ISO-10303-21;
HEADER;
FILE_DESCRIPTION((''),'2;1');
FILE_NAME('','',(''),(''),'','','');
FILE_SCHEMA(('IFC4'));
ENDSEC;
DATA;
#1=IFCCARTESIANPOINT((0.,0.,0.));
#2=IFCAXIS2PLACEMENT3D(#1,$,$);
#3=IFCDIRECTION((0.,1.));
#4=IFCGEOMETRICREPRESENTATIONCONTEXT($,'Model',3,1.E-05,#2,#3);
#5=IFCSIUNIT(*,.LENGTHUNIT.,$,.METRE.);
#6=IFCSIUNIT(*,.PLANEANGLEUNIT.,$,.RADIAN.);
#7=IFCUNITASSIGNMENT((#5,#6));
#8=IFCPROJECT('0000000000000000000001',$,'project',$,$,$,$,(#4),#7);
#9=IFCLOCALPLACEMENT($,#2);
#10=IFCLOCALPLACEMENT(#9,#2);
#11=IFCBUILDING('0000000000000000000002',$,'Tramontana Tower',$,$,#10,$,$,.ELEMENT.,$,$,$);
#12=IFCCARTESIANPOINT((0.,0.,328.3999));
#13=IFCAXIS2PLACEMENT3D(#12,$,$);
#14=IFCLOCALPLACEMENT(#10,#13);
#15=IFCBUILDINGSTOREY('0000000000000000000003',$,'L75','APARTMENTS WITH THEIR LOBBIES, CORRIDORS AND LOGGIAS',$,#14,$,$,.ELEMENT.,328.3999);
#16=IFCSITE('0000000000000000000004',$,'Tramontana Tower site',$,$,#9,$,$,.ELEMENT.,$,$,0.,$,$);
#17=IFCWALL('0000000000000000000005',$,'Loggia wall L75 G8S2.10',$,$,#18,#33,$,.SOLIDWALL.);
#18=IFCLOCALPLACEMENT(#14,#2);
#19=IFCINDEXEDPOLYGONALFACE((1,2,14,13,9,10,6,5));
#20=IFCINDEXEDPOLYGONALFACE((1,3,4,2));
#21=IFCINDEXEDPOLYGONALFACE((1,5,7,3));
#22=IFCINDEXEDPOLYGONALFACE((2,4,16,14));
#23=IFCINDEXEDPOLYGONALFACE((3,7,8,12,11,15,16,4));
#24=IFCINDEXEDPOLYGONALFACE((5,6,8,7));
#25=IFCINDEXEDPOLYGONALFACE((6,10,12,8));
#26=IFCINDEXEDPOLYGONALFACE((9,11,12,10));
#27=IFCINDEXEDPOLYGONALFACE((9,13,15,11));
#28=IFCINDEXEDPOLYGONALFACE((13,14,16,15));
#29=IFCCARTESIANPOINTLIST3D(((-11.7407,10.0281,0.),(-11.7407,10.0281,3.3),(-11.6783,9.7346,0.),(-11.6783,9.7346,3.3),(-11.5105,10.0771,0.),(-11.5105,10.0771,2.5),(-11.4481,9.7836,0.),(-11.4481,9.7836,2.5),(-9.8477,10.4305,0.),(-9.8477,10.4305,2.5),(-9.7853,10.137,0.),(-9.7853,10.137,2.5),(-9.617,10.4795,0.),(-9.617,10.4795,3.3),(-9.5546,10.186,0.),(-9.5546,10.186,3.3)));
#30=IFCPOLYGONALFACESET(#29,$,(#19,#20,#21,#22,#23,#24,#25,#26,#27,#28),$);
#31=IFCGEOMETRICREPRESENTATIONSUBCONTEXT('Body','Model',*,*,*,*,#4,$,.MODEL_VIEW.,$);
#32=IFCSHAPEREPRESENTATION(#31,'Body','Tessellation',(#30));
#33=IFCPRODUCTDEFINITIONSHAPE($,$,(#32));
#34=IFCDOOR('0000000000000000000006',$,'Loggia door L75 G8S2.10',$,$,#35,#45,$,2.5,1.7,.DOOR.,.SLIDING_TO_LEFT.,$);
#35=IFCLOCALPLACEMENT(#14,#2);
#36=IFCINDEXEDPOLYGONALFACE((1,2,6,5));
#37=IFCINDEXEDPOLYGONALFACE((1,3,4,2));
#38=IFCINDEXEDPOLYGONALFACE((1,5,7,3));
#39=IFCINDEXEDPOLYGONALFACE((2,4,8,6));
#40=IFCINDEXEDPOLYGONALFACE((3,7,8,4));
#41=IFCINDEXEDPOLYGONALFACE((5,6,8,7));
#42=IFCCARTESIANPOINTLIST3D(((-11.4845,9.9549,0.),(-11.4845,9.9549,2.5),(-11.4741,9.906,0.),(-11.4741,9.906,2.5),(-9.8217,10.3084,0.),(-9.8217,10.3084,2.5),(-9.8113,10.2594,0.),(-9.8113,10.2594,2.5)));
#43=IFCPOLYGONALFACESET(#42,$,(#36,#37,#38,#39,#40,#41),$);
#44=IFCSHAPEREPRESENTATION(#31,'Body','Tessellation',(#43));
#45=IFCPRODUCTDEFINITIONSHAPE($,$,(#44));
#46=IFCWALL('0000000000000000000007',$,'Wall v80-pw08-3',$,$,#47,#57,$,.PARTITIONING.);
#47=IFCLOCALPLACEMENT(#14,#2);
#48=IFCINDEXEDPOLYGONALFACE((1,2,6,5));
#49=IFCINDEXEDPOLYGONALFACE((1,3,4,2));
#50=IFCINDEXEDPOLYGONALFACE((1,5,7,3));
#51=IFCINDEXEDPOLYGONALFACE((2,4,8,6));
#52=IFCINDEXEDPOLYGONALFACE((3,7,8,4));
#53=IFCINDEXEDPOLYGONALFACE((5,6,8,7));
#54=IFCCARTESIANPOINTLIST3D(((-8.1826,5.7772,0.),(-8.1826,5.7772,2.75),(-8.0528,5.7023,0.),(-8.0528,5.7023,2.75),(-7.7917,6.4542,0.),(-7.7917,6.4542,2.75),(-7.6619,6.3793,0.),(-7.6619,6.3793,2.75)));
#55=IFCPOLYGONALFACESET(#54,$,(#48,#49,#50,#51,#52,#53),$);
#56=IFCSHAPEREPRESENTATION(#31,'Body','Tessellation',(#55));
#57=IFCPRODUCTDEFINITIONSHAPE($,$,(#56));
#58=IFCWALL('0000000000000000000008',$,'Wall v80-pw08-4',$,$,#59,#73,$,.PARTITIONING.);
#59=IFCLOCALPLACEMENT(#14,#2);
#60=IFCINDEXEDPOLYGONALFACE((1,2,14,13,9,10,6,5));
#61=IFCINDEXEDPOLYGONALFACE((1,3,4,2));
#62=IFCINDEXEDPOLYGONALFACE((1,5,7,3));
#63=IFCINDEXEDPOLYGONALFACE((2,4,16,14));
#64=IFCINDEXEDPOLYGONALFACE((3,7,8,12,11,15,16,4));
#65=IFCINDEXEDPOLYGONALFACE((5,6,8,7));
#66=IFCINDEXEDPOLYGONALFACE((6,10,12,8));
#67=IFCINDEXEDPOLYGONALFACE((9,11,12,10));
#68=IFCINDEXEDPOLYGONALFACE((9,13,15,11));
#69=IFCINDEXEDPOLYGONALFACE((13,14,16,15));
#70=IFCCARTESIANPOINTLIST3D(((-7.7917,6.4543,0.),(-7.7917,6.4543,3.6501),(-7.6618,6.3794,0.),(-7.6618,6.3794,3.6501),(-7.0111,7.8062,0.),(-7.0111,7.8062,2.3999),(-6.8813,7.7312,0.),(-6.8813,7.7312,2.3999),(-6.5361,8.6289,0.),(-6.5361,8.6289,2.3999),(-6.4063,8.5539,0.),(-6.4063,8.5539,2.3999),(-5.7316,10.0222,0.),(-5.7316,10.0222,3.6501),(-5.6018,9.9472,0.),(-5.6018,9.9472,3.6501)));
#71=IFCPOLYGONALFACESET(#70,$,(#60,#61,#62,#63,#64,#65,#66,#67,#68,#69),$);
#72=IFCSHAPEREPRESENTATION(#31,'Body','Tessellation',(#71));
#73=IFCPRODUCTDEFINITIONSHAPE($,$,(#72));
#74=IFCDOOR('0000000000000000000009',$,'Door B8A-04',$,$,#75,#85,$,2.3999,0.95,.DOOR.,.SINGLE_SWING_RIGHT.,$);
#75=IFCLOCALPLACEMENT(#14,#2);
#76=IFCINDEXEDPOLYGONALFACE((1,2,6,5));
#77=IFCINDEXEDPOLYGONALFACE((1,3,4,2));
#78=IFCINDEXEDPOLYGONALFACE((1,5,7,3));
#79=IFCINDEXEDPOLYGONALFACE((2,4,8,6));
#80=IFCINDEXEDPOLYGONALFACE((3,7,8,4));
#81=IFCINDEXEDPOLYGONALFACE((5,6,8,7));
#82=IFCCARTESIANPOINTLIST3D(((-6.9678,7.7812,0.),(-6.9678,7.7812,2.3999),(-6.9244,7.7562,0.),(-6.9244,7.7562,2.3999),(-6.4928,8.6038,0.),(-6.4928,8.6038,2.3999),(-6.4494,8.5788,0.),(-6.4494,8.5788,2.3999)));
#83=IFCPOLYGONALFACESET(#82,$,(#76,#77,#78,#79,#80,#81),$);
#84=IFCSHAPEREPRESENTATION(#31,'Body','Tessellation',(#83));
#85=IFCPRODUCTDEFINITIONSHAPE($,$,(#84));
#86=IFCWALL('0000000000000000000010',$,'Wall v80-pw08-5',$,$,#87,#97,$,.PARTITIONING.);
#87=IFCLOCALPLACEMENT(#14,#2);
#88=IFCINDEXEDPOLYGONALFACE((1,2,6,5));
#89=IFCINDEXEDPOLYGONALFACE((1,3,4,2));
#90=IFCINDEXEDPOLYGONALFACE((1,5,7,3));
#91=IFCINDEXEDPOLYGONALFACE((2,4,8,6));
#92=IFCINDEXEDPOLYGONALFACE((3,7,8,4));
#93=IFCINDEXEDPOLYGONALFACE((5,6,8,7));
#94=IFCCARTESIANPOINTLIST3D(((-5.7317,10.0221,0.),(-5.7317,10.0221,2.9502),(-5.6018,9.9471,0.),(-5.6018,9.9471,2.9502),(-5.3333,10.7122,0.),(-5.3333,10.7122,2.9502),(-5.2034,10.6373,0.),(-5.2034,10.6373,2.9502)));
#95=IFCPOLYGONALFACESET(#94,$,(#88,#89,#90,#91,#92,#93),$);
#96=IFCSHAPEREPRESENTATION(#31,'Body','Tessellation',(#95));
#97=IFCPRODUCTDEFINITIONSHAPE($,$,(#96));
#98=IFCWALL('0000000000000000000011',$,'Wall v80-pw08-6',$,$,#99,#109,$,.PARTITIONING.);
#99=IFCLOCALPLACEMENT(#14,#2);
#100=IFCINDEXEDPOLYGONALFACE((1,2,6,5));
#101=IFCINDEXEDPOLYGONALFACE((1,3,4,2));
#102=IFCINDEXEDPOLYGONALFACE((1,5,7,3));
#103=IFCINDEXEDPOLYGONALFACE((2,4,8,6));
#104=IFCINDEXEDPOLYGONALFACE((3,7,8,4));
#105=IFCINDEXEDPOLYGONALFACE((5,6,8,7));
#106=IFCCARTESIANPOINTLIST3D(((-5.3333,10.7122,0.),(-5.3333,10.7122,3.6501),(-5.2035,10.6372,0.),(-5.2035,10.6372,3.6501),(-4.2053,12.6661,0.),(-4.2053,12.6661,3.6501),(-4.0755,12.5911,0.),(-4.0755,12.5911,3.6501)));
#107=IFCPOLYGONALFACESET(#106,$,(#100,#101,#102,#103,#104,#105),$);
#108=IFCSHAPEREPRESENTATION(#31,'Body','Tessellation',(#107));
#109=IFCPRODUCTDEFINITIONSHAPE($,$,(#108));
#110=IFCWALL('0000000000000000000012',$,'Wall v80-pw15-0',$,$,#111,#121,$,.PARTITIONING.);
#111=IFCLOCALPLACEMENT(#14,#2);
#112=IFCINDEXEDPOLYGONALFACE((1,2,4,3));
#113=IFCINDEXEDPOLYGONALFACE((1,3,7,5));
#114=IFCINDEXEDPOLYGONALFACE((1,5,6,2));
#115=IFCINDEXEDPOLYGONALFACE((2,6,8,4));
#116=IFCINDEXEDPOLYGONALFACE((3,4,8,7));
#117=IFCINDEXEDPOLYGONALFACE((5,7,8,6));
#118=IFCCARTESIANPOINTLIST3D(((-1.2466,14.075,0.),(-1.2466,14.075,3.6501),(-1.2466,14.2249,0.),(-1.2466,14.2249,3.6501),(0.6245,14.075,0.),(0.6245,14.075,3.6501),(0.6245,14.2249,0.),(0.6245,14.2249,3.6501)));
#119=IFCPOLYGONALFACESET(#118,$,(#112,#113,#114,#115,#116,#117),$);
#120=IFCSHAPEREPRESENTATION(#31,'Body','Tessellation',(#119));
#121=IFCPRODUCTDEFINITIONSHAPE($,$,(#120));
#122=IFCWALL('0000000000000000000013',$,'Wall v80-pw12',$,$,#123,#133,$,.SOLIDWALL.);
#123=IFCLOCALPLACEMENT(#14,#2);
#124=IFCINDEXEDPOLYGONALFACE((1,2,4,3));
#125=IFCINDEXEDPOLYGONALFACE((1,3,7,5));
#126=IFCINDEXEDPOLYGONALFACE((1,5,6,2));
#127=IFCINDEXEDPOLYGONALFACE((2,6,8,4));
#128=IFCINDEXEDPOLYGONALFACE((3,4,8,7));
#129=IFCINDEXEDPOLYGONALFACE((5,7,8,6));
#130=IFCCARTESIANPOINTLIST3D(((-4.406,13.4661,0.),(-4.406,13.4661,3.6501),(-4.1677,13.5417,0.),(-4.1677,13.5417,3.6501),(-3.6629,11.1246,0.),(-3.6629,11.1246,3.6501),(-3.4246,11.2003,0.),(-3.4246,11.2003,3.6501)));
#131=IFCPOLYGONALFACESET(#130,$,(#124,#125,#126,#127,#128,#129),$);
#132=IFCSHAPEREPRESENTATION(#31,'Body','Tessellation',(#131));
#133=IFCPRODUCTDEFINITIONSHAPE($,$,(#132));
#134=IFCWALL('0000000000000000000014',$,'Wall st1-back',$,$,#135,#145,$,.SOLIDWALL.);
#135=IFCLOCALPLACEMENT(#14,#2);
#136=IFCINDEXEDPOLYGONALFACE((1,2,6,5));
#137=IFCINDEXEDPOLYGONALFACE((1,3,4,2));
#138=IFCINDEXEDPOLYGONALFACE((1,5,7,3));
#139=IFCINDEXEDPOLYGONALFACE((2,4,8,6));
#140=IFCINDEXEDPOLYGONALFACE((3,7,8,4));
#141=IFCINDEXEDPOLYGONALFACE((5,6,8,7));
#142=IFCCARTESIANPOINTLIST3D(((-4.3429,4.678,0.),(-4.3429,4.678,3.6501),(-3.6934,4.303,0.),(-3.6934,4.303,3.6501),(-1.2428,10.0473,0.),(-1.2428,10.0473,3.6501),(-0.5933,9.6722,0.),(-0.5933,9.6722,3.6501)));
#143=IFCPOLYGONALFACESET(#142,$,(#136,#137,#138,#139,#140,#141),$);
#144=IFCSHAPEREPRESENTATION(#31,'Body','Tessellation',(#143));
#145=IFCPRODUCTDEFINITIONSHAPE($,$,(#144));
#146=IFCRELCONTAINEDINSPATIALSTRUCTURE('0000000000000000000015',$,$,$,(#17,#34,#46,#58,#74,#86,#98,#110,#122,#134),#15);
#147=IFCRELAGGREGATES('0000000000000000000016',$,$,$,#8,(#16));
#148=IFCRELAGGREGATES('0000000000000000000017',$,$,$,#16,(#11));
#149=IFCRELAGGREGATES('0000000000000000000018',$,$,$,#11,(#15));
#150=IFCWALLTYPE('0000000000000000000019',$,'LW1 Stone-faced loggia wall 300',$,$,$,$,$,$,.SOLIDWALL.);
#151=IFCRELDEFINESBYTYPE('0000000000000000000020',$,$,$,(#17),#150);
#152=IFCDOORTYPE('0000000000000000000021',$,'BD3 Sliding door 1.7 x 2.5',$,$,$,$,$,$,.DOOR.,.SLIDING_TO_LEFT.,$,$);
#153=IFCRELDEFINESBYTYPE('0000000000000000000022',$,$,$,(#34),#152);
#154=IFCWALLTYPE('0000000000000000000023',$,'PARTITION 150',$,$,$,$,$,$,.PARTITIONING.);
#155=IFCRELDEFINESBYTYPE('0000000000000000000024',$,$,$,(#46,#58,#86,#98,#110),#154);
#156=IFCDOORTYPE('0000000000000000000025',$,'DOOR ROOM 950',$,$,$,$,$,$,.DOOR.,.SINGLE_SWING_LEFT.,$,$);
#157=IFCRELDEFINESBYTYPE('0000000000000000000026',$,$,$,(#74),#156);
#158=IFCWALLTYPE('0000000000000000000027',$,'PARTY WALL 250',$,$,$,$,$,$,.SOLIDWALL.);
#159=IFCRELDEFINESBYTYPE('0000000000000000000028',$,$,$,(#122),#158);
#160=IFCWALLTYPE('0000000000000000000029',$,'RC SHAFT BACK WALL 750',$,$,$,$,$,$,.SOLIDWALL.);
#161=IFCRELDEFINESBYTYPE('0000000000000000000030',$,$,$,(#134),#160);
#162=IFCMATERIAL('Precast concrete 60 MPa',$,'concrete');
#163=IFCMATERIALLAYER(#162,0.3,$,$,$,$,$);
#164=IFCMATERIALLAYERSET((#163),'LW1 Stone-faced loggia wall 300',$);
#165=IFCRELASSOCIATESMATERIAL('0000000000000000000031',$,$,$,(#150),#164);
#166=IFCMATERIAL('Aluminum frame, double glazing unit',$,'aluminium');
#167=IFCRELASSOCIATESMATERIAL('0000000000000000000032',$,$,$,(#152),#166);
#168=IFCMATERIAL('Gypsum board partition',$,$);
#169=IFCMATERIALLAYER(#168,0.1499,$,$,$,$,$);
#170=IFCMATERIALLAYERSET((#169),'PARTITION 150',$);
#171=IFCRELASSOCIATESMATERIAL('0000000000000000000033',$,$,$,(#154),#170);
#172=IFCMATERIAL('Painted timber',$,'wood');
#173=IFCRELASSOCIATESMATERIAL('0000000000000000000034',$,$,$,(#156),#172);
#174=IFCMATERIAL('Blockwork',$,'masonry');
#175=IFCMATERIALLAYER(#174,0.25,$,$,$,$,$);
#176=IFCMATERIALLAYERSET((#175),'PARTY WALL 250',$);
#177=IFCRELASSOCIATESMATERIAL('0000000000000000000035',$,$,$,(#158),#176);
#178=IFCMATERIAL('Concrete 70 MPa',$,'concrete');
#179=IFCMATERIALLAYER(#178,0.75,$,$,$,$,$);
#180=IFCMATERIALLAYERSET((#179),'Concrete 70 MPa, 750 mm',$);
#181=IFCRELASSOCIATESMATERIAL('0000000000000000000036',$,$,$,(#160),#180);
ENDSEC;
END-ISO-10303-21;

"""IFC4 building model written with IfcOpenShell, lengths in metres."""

from ifc_helpers import new_model, si_unit, direction, frame, frame_2d, origin, place, context, subcontext, project, spatial, rectangle, extrude, material, layer, layer_set, type_object, element, fill, save


model = new_model("IFC4")

# Units and contexts
model_context = context("Model", 3, precision=1e-05, world=origin(), true_north=direction((0.0, 1.0)))
body_context = subcontext(model_context, "Body", "Model", "MODEL_VIEW")
ifc_project = project(units=[si_unit("LENGTHUNIT", "METRE"), si_unit("PLANEANGLEUNIT", "RADIAN")], contexts=[model_context])

# Site, building, storey
site_placement = place(None, origin())
site = spatial("IfcSite", under=ifc_project, at=site_placement, Name="Tramontana Tower site", CompositionType="ELEMENT", RefElevation=0.0)
building_placement = place(site_placement, origin())
building = spatial("IfcBuilding", under=site, at=building_placement, Name="Tramontana Tower", CompositionType="ELEMENT")
storey_placement = place(building_placement, frame((0.0, 0.0, 328.3999)))
storey = spatial("IfcBuildingStorey", under=building, at=storey_placement, Name="L75", Description="APARTMENTS WITH THEIR LOBBIES, CORRIDORS AND LOGGIAS", CompositionType="ELEMENT", Elevation=328.3999)

# Wall, opening, door
ifc_material_1 = material(Name="Precast concrete 60 MPa", Category="concrete")
ifc_layer_1 = layer(ifc_material_1, 0.3)
ifc_layer_set_1 = layer_set([ifc_layer_1], Name="LW1 Stone-faced loggia wall 300")
wall_type_1 = type_object("IfcWallType", Name="LW1 Stone-faced loggia wall 300", PredefinedType="SOLIDWALL", material=ifc_layer_set_1)
wall_1_placement = place(storey_placement, frame((-9.5859, 10.3328, 0.0), z_axis=(0.0, 0.0, 1.0), x_axis=(-0.978148, -0.207909, 0.0)))
wall_1 = element("IfcWall", 1, at=wall_1_placement, inside=storey, type_object=wall_type_1, Name="Loggia wall L75 G8S2.10", PredefinedType="SOLIDWALL", context=body_context, shape_type="SweptSolid", body=[
    extrude(rectangle(XDim=2.1711, YDim=0.3, at=frame_2d((1.0854, 0.0))), origin(), (0.0, 0.0, 1.0), 3.3),
])
opening_1_placement = place(wall_1_placement, frame((0.2356, 0.0, 0.0)))
opening_1 = element("IfcOpeningElement", 2, at=opening_1_placement, cuts=wall_1, PredefinedType="OPENING", context=body_context, shape_type="SweptSolid", body=[
    extrude(rectangle(XDim=1.7, YDim=2.5, at=frame_2d((0.8501, 1.25))), frame((0.0, 0.1599, 0.0), z_axis=(0.0, -1.0, 0.0), x_axis=(1.0, 0.0, 0.0)), (0.0, 0.0, 1.0), 0.3201),
])
ifc_material_2 = material(Name="Aluminum frame, double glazing unit", Category="aluminium")
door_type_1 = type_object("IfcDoorType", Name="BD3 Sliding door 1.7 x 2.5", OperationType="SLIDING_TO_LEFT", PredefinedType="DOOR", material=ifc_material_2)
door_1_placement = place(opening_1_placement, origin())
door_1 = element("IfcDoor", 3, at=door_1_placement, inside=storey, type_object=door_type_1, Name="Loggia door L75 G8S2.10", OperationType="SLIDING_TO_LEFT", OverallHeight=2.5, OverallWidth=1.7, PredefinedType="DOOR", context=body_context, shape_type="SweptSolid", body=[
    extrude(rectangle(XDim=1.7, YDim=2.5, at=frame_2d((0.8501, 1.25))), frame((0.0, 0.0249, 0.0), z_axis=(0.0, -1.0, 0.0), x_axis=(1.0, 0.0, 0.0)), (0.0, 0.0, 1.0), 0.05),
])
fill(opening_1, door_1)

# Wall
ifc_material_3 = material(Name="Gypsum board partition")
ifc_layer_2 = layer(ifc_material_3, 0.1499)
ifc_layer_set_2 = layer_set([ifc_layer_2], Name="PARTITION 150")
wall_type_2 = type_object("IfcWallType", Name="PARTITION 150", PredefinedType="PARTITIONING", material=ifc_layer_set_2)
wall_2_placement = place(storey_placement, frame((-8.1177, 5.7397, 0.0), z_axis=(0.0, 0.0, 1.0), x_axis=(0.500002, 0.866024, 0.0)))
element("IfcWall", 4, at=wall_2_placement, inside=storey, type_object=wall_type_2, Name="Wall v80-pw08-3", PredefinedType="PARTITIONING", context=body_context, shape_type="SweptSolid", body=[
    extrude(rectangle(XDim=0.7817, YDim=0.1499, at=frame_2d((0.3909, 0.0))), origin(), (0.0, 0.0, 1.0), 2.75),
])

# Wall, opening, door
wall_3_placement = place(storey_placement, frame((-7.7268, 6.4167, 0.0), z_axis=(0.0, 0.0, 1.0), x_axis=(0.500027, 0.86601, 0.0)))
wall_3 = element("IfcWall", 5, at=wall_3_placement, inside=storey, type_object=wall_type_2, Name="Wall v80-pw08-4", PredefinedType="PARTITIONING", context=body_context, shape_type="SweptSolid", body=[
    extrude(rectangle(XDim=4.1199, YDim=0.1499, at=frame_2d((2.0601, 0.0))), origin(), (0.0, 0.0, 1.0), 3.6501),
])
opening_2_placement = place(wall_3_placement, frame((1.561, 0.0, 0.0)))
opening_2 = element("IfcOpeningElement", 6, at=opening_2_placement, cuts=wall_3, PredefinedType="OPENING", context=body_context, shape_type="SweptSolid", body=[
    extrude(rectangle(XDim=0.95, YDim=2.3999, at=frame_2d((0.4751, 1.2))), frame((0.0, 0.085, 0.0), z_axis=(0.0, -1.0, 0.0), x_axis=(1.0, 0.0, 0.0)), (0.0, 0.0, 1.0), 0.1699),
])
ifc_material_4 = material(Name="Painted timber", Category="wood")
door_type_2 = type_object("IfcDoorType", Name="DOOR ROOM 950", OperationType="SINGLE_SWING_LEFT", PredefinedType="DOOR", material=ifc_material_4)
door_2_placement = place(opening_2_placement, origin())
door_2 = element("IfcDoor", 7, at=door_2_placement, inside=storey, type_object=door_type_2, Name="Door B8A-04", OperationType="SINGLE_SWING_RIGHT", OverallHeight=2.3999, OverallWidth=0.95, PredefinedType="DOOR", context=body_context, shape_type="SweptSolid", body=[
    extrude(rectangle(XDim=0.95, YDim=2.3999, at=frame_2d((0.4751, 1.2))), frame((0.0, 0.0249, 0.0), z_axis=(0.0, -1.0, 0.0), x_axis=(1.0, 0.0, 0.0)), (0.0, 0.0, 1.0), 0.05),
])
fill(opening_2, door_2)

# Walls
wall_4_placement = place(storey_placement, frame((-5.6667, 9.9846, 0.0), z_axis=(0.0, 0.0, 1.0), x_axis=(0.499961, 0.866048, 0.0)))
element("IfcWall", 8, at=wall_4_placement, inside=storey, type_object=wall_type_2, Name="Wall v80-pw08-5", PredefinedType="PARTITIONING", context=body_context, shape_type="SweptSolid", body=[
    extrude(rectangle(XDim=0.7969, YDim=0.1499, at=frame_2d((0.3984, 0.0))), origin(), (0.0, 0.0, 1.0), 2.9502),
])
wall_5_placement = place(storey_placement, frame((-5.2683, 10.6748, 0.0), z_axis=(0.0, 0.0, 1.0), x_axis=(0.499957, 0.86605, 0.0)))
element("IfcWall", 9, at=wall_5_placement, inside=storey, type_object=wall_type_2, Name="Wall v80-pw08-6", PredefinedType="PARTITIONING", context=body_context, shape_type="SweptSolid", body=[
    extrude(rectangle(XDim=2.2561, YDim=0.1499, at=frame_2d((1.1279, 0.0))), origin(), (0.0, 0.0, 1.0), 3.6501),
])

# Walls
wall_6_placement = place(storey_placement, frame((-1.2466, 14.1499, 0.0), z_axis=(0.0, 0.0, 1.0), x_axis=(1.0, 0.0, 0.0)))
element("IfcWall", 10, at=wall_6_placement, inside=storey, type_object=wall_type_2, Name="Wall v80-pw15-0", PredefinedType="PARTITIONING", context=body_context, shape_type="SweptSolid", body=[
    extrude(rectangle(XDim=1.8711, YDim=0.1499, at=frame_2d((0.9355, 0.0))), origin(), (0.0, 0.0, 1.0), 3.6501),
])
ifc_material_5 = material(Name="Blockwork", Category="masonry")
ifc_layer_3 = layer(ifc_material_5, 0.25)
ifc_layer_set_3 = layer_set([ifc_layer_3], Name="PARTY WALL 250")
wall_type_3 = type_object("IfcWallType", Name="PARTY WALL 250", PredefinedType="SOLIDWALL", material=ifc_layer_set_3)
wall_7_placement = place(storey_placement, frame((-4.2869, 13.5039, 0.0), z_axis=(0.0, 0.0, 1.0), x_axis=(0.30251, -0.953146, 0.0)))
element("IfcWall", 11, at=wall_7_placement, inside=storey, type_object=wall_type_3, Name="Wall v80-pw12", PredefinedType="SOLIDWALL", context=body_context, shape_type="SweptSolid", body=[
    extrude(rectangle(XDim=2.4565, YDim=0.25, at=frame_2d((1.2283, 0.0))), origin(), (0.0, 0.0, 1.0), 3.6501),
])
ifc_material_6 = material(Name="Concrete 70 MPa", Category="concrete")
ifc_layer_4 = layer(ifc_material_6, 0.75)
ifc_layer_set_4 = layer_set([ifc_layer_4], Name="Concrete 70 MPa, 750 mm")
wall_type_4 = type_object("IfcWallType", Name="RC SHAFT BACK WALL 750", PredefinedType="SOLIDWALL", material=ifc_layer_set_4)
wall_8_placement = place(storey_placement, frame((-0.918, 9.8599, 0.0), z_axis=(0.0, 0.0, 1.0), x_axis=(-0.500027, -0.86601, 0.0)))
element("IfcWall", 12, at=wall_8_placement, inside=storey, type_object=wall_type_4, Name="Wall st1-back", PredefinedType="SOLIDWALL", context=body_context, shape_type="SweptSolid", body=[
    extrude(rectangle(XDim=6.2, YDim=0.75, at=frame_2d((3.1001, 0.0))), origin(), (0.0, 0.0, 1.0), 3.6501),
])

save(model, "model.ifc")
